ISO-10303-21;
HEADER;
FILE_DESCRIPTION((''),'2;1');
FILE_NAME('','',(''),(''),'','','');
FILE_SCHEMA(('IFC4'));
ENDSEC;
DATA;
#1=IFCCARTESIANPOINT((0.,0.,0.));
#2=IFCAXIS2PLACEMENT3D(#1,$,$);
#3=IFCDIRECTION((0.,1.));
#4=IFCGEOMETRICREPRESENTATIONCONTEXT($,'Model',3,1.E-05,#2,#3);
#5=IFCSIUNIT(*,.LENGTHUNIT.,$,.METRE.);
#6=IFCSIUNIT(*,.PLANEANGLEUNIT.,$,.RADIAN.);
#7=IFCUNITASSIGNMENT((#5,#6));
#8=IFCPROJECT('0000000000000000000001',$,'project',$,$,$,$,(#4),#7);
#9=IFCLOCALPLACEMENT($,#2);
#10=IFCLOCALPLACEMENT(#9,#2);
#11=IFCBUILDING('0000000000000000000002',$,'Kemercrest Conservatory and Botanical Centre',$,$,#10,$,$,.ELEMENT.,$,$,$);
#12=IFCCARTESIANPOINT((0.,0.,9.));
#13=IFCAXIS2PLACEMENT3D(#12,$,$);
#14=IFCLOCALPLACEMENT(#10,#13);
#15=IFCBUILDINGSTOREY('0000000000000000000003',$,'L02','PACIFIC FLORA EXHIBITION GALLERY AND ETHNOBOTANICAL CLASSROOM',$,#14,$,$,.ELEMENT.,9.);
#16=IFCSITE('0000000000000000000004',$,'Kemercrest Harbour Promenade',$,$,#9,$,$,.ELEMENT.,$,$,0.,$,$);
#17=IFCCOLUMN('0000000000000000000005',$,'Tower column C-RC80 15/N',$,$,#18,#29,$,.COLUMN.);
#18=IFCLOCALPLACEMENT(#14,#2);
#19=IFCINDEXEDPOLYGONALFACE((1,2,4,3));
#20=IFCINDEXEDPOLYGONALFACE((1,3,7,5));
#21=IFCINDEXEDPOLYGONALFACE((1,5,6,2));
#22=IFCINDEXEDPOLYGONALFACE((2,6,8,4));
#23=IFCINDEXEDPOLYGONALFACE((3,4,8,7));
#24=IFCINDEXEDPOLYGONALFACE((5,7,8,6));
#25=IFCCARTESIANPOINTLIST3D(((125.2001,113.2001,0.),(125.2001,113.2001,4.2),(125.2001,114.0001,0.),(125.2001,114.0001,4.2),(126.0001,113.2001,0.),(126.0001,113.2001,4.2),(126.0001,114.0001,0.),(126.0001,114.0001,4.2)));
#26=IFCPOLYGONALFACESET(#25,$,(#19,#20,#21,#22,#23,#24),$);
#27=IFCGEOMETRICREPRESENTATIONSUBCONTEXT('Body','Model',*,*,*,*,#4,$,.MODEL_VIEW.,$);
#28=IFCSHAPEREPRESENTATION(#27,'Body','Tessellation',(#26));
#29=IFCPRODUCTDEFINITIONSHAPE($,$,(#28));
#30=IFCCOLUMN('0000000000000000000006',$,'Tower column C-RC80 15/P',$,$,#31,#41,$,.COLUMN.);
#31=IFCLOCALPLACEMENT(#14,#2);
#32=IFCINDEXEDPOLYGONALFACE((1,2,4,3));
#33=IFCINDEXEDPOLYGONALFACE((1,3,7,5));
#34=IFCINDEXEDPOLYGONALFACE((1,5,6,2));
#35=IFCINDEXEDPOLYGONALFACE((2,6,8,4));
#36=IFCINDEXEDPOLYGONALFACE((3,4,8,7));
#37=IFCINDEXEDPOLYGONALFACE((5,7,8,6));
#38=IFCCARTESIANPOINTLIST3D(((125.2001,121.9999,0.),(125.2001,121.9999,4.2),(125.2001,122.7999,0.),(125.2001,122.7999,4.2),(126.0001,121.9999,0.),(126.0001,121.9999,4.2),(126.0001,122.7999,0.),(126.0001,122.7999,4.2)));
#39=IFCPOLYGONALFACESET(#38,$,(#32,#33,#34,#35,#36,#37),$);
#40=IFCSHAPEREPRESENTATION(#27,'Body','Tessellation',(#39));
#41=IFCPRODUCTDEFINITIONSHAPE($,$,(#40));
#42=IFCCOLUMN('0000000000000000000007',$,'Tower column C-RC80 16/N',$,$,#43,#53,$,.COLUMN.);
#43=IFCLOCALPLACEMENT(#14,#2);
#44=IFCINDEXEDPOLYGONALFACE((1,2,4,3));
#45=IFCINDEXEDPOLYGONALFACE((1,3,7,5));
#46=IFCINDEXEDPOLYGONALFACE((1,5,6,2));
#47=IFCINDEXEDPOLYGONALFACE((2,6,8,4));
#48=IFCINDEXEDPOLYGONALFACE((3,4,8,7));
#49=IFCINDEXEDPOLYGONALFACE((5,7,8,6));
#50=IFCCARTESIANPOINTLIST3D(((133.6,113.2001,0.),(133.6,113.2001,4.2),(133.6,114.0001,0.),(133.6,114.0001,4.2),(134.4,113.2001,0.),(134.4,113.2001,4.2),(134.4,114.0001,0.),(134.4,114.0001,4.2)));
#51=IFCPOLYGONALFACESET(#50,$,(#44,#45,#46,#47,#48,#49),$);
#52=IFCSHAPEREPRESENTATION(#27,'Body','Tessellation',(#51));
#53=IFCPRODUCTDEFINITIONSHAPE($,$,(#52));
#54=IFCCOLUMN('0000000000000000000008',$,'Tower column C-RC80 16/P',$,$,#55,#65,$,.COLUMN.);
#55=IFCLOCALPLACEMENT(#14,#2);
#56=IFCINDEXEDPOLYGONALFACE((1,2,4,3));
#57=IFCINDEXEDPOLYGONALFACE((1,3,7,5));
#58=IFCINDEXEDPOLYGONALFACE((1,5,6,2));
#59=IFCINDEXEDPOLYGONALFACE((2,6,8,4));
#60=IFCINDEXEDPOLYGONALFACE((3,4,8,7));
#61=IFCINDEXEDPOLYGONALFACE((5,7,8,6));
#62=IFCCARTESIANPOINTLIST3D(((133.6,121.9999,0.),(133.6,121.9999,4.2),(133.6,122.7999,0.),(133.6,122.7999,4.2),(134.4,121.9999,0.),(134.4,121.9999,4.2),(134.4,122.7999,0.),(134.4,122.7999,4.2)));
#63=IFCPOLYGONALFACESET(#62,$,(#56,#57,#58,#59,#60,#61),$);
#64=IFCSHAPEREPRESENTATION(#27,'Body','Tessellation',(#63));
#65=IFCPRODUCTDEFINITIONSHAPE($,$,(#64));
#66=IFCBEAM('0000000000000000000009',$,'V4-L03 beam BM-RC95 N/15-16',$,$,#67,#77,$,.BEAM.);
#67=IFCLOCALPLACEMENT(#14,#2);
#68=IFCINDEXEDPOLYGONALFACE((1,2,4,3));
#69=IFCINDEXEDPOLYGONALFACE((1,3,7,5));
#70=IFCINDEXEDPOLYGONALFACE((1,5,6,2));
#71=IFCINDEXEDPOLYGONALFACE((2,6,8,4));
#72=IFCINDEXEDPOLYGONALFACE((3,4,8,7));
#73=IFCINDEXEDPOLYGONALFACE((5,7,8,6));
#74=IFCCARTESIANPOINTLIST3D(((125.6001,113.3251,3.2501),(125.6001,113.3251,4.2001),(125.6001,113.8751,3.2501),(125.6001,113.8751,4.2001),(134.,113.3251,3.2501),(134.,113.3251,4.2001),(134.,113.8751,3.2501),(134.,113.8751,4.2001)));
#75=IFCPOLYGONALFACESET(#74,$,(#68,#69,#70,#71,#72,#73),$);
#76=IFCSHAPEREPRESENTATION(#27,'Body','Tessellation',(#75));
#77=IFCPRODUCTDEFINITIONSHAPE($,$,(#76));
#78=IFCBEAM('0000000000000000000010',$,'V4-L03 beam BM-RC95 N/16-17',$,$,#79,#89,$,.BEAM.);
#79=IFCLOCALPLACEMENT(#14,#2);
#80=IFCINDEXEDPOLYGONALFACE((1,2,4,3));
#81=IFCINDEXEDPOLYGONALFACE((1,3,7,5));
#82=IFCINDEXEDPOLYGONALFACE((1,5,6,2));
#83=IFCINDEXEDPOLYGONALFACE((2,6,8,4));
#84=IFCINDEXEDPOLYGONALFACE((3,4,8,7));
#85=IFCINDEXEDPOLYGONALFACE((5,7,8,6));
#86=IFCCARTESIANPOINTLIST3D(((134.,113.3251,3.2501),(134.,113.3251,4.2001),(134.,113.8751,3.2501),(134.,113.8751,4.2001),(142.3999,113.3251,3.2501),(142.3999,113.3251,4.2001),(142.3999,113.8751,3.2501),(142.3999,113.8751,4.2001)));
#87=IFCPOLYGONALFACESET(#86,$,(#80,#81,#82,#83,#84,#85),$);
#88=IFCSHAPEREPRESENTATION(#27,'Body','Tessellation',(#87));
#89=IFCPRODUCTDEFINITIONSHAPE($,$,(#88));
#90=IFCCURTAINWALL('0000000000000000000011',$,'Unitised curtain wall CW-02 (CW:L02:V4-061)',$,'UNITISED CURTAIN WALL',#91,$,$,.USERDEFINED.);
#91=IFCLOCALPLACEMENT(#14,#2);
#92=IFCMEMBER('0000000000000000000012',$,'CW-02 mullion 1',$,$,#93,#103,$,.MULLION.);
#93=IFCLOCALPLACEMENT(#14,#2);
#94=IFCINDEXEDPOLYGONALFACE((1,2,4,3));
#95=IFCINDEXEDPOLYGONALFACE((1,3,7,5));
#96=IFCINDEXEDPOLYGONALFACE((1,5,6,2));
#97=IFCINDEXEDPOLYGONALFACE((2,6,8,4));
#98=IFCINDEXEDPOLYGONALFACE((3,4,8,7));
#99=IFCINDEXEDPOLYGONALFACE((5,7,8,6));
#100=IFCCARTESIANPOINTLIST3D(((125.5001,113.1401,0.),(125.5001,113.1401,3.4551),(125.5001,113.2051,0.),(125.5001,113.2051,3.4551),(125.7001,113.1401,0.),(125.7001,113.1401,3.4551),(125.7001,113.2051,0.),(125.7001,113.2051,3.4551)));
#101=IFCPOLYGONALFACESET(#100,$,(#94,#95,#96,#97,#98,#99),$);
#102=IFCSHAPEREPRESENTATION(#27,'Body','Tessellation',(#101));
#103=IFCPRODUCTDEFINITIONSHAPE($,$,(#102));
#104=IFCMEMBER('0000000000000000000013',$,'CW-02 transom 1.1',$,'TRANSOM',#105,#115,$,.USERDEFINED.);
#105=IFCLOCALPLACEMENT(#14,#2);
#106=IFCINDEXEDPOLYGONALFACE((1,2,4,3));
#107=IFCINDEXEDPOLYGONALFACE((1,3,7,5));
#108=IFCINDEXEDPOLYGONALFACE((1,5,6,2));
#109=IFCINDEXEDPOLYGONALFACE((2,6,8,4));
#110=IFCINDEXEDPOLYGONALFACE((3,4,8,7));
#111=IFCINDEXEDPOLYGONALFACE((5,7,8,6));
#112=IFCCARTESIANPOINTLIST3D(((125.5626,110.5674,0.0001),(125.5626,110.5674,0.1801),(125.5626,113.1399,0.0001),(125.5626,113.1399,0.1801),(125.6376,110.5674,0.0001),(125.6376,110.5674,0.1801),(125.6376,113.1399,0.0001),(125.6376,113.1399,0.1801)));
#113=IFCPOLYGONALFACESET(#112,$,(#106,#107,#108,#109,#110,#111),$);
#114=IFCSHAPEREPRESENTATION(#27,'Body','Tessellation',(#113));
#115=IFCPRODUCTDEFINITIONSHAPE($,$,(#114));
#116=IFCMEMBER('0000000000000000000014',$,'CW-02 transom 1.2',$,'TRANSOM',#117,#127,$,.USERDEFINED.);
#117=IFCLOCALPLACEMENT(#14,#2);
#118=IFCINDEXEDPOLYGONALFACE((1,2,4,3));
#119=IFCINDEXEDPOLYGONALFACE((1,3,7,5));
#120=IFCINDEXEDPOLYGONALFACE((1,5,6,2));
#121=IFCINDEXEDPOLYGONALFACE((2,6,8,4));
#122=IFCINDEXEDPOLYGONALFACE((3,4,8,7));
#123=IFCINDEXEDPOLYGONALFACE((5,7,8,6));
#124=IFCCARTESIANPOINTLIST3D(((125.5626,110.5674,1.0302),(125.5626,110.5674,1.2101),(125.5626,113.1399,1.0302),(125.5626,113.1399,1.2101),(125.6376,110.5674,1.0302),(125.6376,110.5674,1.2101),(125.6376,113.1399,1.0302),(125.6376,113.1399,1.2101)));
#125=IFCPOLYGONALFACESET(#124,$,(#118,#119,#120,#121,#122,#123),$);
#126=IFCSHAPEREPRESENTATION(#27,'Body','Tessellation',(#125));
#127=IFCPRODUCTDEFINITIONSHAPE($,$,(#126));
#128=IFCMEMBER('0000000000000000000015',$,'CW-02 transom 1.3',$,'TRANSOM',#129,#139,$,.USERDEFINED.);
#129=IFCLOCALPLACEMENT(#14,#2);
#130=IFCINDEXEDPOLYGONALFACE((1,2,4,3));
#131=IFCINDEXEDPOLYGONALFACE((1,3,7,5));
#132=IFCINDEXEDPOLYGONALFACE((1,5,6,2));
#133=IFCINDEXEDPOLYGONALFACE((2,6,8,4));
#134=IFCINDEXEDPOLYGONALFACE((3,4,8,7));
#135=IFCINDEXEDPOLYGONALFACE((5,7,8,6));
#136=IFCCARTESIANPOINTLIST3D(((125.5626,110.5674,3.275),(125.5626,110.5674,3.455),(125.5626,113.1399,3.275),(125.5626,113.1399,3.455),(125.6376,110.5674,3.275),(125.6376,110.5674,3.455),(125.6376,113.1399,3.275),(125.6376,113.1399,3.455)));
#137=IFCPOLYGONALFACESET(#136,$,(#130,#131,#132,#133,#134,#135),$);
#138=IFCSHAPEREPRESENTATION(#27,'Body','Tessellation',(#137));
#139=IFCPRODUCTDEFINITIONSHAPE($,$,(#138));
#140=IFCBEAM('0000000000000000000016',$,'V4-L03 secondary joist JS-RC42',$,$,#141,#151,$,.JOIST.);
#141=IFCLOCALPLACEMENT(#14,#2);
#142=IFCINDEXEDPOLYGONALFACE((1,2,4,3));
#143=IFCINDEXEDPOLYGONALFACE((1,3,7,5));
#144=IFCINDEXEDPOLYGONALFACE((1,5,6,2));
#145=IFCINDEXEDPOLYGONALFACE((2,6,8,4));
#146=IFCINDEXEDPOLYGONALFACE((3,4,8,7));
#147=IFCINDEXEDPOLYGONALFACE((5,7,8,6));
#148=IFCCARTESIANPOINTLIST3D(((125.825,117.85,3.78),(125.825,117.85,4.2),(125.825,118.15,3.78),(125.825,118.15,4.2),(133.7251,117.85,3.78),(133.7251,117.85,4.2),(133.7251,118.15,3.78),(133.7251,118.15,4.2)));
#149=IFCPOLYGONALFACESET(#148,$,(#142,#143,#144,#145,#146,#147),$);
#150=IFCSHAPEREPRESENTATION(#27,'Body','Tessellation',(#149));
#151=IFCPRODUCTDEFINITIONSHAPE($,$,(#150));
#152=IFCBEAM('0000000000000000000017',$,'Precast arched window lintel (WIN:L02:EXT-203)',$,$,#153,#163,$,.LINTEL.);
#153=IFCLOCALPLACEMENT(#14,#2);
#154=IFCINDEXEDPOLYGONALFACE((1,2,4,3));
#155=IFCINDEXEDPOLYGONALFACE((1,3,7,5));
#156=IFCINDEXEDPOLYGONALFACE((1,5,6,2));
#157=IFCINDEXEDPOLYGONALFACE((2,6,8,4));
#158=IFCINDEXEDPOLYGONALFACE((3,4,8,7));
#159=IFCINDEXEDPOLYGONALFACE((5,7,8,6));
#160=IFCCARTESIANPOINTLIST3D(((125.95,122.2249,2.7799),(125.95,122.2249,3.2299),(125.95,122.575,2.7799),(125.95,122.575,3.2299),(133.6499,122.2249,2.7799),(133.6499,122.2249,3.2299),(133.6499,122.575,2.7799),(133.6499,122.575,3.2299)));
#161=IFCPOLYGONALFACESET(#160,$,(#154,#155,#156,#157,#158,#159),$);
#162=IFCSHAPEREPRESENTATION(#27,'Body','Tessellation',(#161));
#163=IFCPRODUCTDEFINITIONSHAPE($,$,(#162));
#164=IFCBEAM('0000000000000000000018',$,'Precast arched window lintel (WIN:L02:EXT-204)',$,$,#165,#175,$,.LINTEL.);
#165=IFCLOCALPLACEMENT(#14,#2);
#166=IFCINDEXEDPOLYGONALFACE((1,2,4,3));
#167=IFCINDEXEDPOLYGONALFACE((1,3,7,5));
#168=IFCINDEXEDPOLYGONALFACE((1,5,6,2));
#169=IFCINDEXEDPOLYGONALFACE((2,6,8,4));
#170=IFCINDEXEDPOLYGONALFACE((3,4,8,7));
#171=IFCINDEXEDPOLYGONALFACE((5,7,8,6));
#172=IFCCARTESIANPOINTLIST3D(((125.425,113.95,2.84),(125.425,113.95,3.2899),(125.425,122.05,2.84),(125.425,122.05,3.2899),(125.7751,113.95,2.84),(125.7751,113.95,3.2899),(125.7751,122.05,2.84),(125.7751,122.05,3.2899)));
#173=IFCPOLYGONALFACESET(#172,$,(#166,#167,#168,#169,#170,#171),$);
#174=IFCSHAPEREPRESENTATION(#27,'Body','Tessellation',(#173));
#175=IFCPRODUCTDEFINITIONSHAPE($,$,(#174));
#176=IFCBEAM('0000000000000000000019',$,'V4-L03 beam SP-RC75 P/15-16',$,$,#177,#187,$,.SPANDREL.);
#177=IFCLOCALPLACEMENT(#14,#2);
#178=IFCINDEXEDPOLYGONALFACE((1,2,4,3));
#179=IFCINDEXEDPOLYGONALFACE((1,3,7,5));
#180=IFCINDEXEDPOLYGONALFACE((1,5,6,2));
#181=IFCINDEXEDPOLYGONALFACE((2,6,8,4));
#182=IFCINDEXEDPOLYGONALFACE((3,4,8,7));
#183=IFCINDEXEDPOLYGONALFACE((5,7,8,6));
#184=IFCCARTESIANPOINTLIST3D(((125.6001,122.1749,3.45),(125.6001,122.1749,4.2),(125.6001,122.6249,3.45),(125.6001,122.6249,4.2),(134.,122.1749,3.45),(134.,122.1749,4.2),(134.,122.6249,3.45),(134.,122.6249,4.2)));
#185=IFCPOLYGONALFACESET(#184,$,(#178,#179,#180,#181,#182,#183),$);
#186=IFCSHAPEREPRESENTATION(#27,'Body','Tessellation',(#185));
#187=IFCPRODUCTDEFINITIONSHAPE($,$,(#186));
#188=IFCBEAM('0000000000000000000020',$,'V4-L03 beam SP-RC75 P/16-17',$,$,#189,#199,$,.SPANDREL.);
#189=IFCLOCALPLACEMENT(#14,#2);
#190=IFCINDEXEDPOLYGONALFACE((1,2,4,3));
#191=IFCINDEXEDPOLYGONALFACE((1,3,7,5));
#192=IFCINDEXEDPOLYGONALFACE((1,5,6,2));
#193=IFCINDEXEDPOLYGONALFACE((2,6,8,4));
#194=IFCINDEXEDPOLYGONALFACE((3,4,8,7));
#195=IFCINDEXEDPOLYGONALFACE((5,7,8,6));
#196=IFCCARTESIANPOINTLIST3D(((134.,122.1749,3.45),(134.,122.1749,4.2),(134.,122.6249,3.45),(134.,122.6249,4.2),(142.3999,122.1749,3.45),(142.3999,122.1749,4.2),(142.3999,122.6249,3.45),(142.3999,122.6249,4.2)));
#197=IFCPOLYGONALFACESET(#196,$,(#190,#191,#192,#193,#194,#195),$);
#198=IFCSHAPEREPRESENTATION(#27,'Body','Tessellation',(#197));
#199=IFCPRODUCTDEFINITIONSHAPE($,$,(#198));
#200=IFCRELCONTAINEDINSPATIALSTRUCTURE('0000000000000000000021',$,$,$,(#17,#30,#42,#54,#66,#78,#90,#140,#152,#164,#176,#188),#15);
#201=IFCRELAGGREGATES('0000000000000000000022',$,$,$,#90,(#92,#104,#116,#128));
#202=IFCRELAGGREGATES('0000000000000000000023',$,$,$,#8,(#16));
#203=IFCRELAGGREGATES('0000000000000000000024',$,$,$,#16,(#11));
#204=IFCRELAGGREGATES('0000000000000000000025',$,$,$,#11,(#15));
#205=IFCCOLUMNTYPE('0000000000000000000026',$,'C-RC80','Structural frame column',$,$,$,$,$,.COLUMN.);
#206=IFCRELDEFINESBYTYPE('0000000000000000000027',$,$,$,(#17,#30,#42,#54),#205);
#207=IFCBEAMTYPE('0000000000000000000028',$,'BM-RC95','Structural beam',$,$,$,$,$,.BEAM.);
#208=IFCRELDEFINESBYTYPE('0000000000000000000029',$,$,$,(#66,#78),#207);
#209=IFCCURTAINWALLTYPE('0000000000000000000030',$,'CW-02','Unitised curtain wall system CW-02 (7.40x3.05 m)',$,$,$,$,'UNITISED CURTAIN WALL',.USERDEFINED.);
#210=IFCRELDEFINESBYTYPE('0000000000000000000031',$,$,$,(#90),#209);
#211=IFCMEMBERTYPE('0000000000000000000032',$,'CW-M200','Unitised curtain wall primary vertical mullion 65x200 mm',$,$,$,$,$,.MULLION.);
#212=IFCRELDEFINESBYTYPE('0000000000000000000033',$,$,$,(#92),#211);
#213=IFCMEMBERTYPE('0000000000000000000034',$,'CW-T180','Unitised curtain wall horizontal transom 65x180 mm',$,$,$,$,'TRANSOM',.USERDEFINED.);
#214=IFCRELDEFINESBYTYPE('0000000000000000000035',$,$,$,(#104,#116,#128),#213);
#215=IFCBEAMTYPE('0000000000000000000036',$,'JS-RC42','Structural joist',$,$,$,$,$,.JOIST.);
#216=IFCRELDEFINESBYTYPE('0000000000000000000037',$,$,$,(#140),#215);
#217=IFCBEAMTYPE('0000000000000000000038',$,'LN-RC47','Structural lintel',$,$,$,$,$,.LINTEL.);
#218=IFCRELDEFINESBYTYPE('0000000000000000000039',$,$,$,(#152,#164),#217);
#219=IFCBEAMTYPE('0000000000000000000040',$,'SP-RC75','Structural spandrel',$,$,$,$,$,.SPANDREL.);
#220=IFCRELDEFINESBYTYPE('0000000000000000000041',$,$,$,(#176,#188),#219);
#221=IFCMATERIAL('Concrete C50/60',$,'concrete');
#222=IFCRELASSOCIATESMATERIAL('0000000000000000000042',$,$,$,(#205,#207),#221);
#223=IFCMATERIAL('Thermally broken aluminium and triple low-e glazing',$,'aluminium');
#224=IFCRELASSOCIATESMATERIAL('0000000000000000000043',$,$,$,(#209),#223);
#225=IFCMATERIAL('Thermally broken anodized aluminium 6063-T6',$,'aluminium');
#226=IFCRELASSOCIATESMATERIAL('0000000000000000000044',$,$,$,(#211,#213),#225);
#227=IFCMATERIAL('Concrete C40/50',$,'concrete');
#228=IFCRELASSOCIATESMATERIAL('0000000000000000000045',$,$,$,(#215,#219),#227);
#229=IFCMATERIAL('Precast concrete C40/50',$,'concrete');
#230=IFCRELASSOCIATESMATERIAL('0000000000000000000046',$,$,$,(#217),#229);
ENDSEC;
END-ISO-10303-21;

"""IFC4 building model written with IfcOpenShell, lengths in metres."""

from ifc_helpers import new_model, si_unit, direction, frame, origin, origin_2d, place, context, subcontext, project, spatial, rectangle, extrude, material, material_profile, profile_set, type_object, element, aggregate, save


model = new_model("IFC4")

# Units and contexts
model_context = context("Model", 3, precision=1e-05, world=origin(), true_north=direction((0.0, 1.0)))
body_context = subcontext(model_context, "Body", "Model", "MODEL_VIEW")
ifc_project = project(units=[si_unit("LENGTHUNIT", "METRE"), si_unit("PLANEANGLEUNIT", "RADIAN")], contexts=[model_context])

# Site, building, storey
site_placement = place(None, origin())
site = spatial("IfcSite", under=ifc_project, at=site_placement, Name="Kemercrest Harbour Promenade", CompositionType="ELEMENT", RefElevation=0.0)
building_placement = place(site_placement, origin())
building = spatial("IfcBuilding", under=site, at=building_placement, Name="Kemercrest Conservatory and Botanical Centre", CompositionType="ELEMENT")
storey_placement = place(building_placement, frame((0.0, 0.0, 9.0)))
storey = spatial("IfcBuildingStorey", under=building, at=storey_placement, Name="L02", Description="PACIFIC FLORA EXHIBITION GALLERY AND ETHNOBOTANICAL CLASSROOM", CompositionType="ELEMENT", Elevation=9.0)

# Columns
ifc_material_1 = material(Name="Concrete C50/60", Category="concrete")
ifc_material_profile_1 = material_profile(ifc_material_1, rectangle(XDim=0.8, YDim=0.8, at=origin_2d()), Name="RC 800x800")
ifc_profile_set_1 = profile_set([ifc_material_profile_1], Name="Concrete C50/60")
column_type = type_object("IfcColumnType", Name="C-RC80", Description="Structural frame column", PredefinedType="COLUMN", material=ifc_profile_set_1)
for number, where, z_axis, x_axis, name in (
    (1, (125.6001, 113.6001, 0.0), (0.0, 0.0, 1.0), (1.0, 0.0, 0.0), "Tower column C-RC80 15/N"),
    (2, (125.6001, 122.3999, 0.0), (0.0, 0.0, 1.0), (1.0, 0.0, 0.0), "Tower column C-RC80 15/P"),
    (3, (134.0, 113.6001, 0.0), (0.0, 0.0, 1.0), (1.0, 0.0, 0.0), "Tower column C-RC80 16/N"),
    (4, (134.0, 122.3999, 0.0), (0.0, 0.0, 1.0), (1.0, 0.0, 0.0), "Tower column C-RC80 16/P"),
):
    element("IfcColumn", number, at=place(storey_placement, frame(where, z_axis=z_axis, x_axis=x_axis)), inside=storey, type_object=column_type, Name=name, PredefinedType="COLUMN", context=body_context, shape_type="SweptSolid", body=[
        extrude(rectangle(XDim=0.8, YDim=0.8, at=origin_2d()), origin(), (0.0, 0.0, 1.0), 4.2),
    ])

# Beams
ifc_material_profile_2 = material_profile(ifc_material_1, rectangle(XDim=0.55, YDim=0.95, at=origin_2d()), Name="RC 550x950")
ifc_profile_set_2 = profile_set([ifc_material_profile_2], Name="Concrete C50/60")
beam_type_1 = type_object("IfcBeamType", Name="BM-RC95", Description="Structural beam", PredefinedType="BEAM", material=ifc_profile_set_2)
for number, where, z_axis, x_axis, name in (
    (5, (125.6001, 113.6001, 3.7251), (1.0, 0.0, 0.0), (0.0, 1.0, 0.0), "V4-L03 beam BM-RC95 N/15-16"),
    (6, (134.0, 113.6001, 3.7251), (1.0, 0.0, 0.0), (0.0, 1.0, 0.0), "V4-L03 beam BM-RC95 N/16-17"),
):
    element("IfcBeam", number, at=place(storey_placement, frame(where, z_axis=z_axis, x_axis=x_axis)), inside=storey, type_object=beam_type_1, Name=name, PredefinedType="BEAM", context=body_context, shape_type="SweptSolid", body=[
        extrude(rectangle(XDim=0.55, YDim=0.95, at=origin_2d()), origin(), (0.0, 0.0, 1.0), 8.3999),
    ])

# Curtain wall, members
ifc_material_2 = material(Name="Thermally broken aluminium and triple low-e glazing", Category="aluminium")
curtain_wall_type = type_object("IfcCurtainWallType", Name="CW-02", Description="Unitised curtain wall system CW-02 (7.40x3.05 m)", ElementType="UNITISED CURTAIN WALL", PredefinedType="USERDEFINED", material=ifc_material_2)
curtain_wall_placement = place(storey_placement, origin())
curtain_wall = element("IfcCurtainWall", 7, at=curtain_wall_placement, inside=storey, type_object=curtain_wall_type, Name="Unitised curtain wall CW-02 (CW:L02:V4-061)", ObjectType="UNITISED CURTAIN WALL", PredefinedType="USERDEFINED")
ifc_material_3 = material(Name="Thermally broken anodized aluminium 6063-T6", Category="aluminium")
ifc_material_profile_3 = material_profile(ifc_material_3, rectangle(XDim=0.2, YDim=0.0649, at=origin_2d()), Name="AL MULLION 65x200")
ifc_profile_set_3 = profile_set([ifc_material_profile_3], Name="Thermally broken anodized aluminium 6063-T6")
member_type_1 = type_object("IfcMemberType", Name="CW-M200", Description="Unitised curtain wall primary vertical mullion 65x200 mm", PredefinedType="MULLION", material=ifc_profile_set_3)
member_1_placement = place(storey_placement, frame((125.6001, 113.1726, 0.0), z_axis=(0.0, 0.0, 1.0), x_axis=(1.0, 0.0, 0.0)))
member_1 = element("IfcMember", 8, at=member_1_placement, type_object=member_type_1, Name="CW-02 mullion 1", PredefinedType="MULLION", context=body_context, shape_type="SweptSolid", body=[
    extrude(rectangle(XDim=0.2, YDim=0.0649, at=origin_2d()), origin(), (0.0, 0.0, 1.0), 3.4551),
])
ifc_material_profile_4 = material_profile(ifc_material_3, rectangle(XDim=0.075, YDim=0.1799, at=origin_2d()), Name="AL TRANSOM 75x180")
ifc_profile_set_4 = profile_set([ifc_material_profile_4], Name="Thermally broken anodized aluminium 6063-T6")
member_type_2 = type_object("IfcMemberType", Name="CW-T180", Description="Unitised curtain wall horizontal transom 65x180 mm", ElementType="TRANSOM", PredefinedType="USERDEFINED", material=ifc_profile_set_4)
member_2_placement = place(storey_placement, frame((125.6001, 113.1399, 0.0901), z_axis=(0.0, -1.0, 0.0), x_axis=(1.0, 0.0, 0.0)))
member_2 = element("IfcMember", 9, at=member_2_placement, type_object=member_type_2, Name="CW-02 transom 1.1", ObjectType="TRANSOM", PredefinedType="USERDEFINED", context=body_context, shape_type="SweptSolid", body=[
    extrude(rectangle(XDim=0.075, YDim=0.1799, at=origin_2d()), origin(), (0.0, 0.0, 1.0), 2.5725),
])
member_3_placement = place(storey_placement, frame((125.6001, 113.1399, 1.1201), z_axis=(0.0, -1.0, 0.0), x_axis=(1.0, 0.0, 0.0)))
member_3 = element("IfcMember", 10, at=member_3_placement, type_object=member_type_2, Name="CW-02 transom 1.2", ObjectType="TRANSOM", PredefinedType="USERDEFINED", context=body_context, shape_type="SweptSolid", body=[
    extrude(rectangle(XDim=0.075, YDim=0.1799, at=origin_2d()), origin(), (0.0, 0.0, 1.0), 2.5725),
])
member_4_placement = place(storey_placement, frame((125.6001, 113.1399, 3.365), z_axis=(0.0, -1.0, 0.0), x_axis=(1.0, 0.0, 0.0)))
member_4 = element("IfcMember", 11, at=member_4_placement, type_object=member_type_2, Name="CW-02 transom 1.3", ObjectType="TRANSOM", PredefinedType="USERDEFINED", context=body_context, shape_type="SweptSolid", body=[
    extrude(rectangle(XDim=0.075, YDim=0.1799, at=origin_2d()), origin(), (0.0, 0.0, 1.0), 2.5725),
])

# Beams
ifc_material_4 = material(Name="Concrete C40/50", Category="concrete")
ifc_material_profile_5 = material_profile(ifc_material_4, rectangle(XDim=0.3, YDim=0.4199, at=origin_2d()), Name="RC 300x420")
ifc_profile_set_5 = profile_set([ifc_material_profile_5], Name="Concrete C40/50")
beam_type_2 = type_object("IfcBeamType", Name="JS-RC42", Description="Structural joist", PredefinedType="JOIST", material=ifc_profile_set_5)
beam_1_placement = place(storey_placement, frame((125.825, 118.0, 3.99), z_axis=(1.0, 0.0, 0.0), x_axis=(0.0, 1.0, 0.0)))
element("IfcBeam", 12, at=beam_1_placement, inside=storey, type_object=beam_type_2, Name="V4-L03 secondary joist JS-RC42", PredefinedType="JOIST", context=body_context, shape_type="SweptSolid", body=[
    extrude(rectangle(XDim=0.3, YDim=0.4199, at=origin_2d()), origin(), (0.0, 0.0, 1.0), 7.9001),
])
ifc_material_5 = material(Name="Precast concrete C40/50", Category="concrete")
ifc_material_profile_6 = material_profile(ifc_material_5, rectangle(XDim=0.3501, YDim=0.45, at=origin_2d()), Name="RC 350x450")
ifc_profile_set_6 = profile_set([ifc_material_profile_6], Name="Precast concrete C40/50")
beam_type_3 = type_object("IfcBeamType", Name="LN-RC47", Description="Structural lintel", PredefinedType="LINTEL", material=ifc_profile_set_6)
beam_2_placement = place(storey_placement, frame((133.6499, 122.3999, 3.0049), z_axis=(-1.0, 0.0, 0.0), x_axis=(0.0, -1.0, 0.0)))
element("IfcBeam", 13, at=beam_2_placement, inside=storey, type_object=beam_type_3, Name="Precast arched window lintel (WIN:L02:EXT-203)", PredefinedType="LINTEL", context=body_context, shape_type="SweptSolid", body=[
    extrude(rectangle(XDim=0.3501, YDim=0.45, at=origin_2d()), origin(), (0.0, 0.0, 1.0), 7.7),
])
beam_3_placement = place(storey_placement, frame((125.6001, 122.05, 3.0649), z_axis=(0.0, -1.0, 0.0), x_axis=(1.0, 0.0, 0.0)))
element("IfcBeam", 14, at=beam_3_placement, inside=storey, type_object=beam_type_3, Name="Precast arched window lintel (WIN:L02:EXT-204)", PredefinedType="LINTEL", context=body_context, shape_type="SweptSolid", body=[
    extrude(rectangle(XDim=0.3501, YDim=0.45, at=origin_2d()), origin(), (0.0, 0.0, 1.0), 8.1001),
])
ifc_material_profile_7 = material_profile(ifc_material_4, rectangle(XDim=0.45, YDim=0.75, at=origin_2d()), Name="RC 450x750")
ifc_profile_set_7 = profile_set([ifc_material_profile_7], Name="Concrete C40/50")
beam_type_4 = type_object("IfcBeamType", Name="SP-RC75", Description="Structural spandrel", PredefinedType="SPANDREL", material=ifc_profile_set_7)
for number, where, z_axis, x_axis, name in (
    (15, (125.6001, 122.3999, 3.825), (1.0, 0.0, 0.0), (0.0, 1.0, 0.0), "V4-L03 beam SP-RC75 P/15-16"),
    (16, (134.0, 122.3999, 3.825), (1.0, 0.0, 0.0), (0.0, 1.0, 0.0), "V4-L03 beam SP-RC75 P/16-17"),
):
    element("IfcBeam", number, at=place(storey_placement, frame(where, z_axis=z_axis, x_axis=x_axis)), inside=storey, type_object=beam_type_4, Name=name, PredefinedType="SPANDREL", context=body_context, shape_type="SweptSolid", body=[
        extrude(rectangle(XDim=0.45, YDim=0.75, at=origin_2d()), origin(), (0.0, 0.0, 1.0), 8.3999),
    ])

aggregate(curtain_wall, [member_1, member_2, member_3, member_4])

save(model, "model.ifc")
